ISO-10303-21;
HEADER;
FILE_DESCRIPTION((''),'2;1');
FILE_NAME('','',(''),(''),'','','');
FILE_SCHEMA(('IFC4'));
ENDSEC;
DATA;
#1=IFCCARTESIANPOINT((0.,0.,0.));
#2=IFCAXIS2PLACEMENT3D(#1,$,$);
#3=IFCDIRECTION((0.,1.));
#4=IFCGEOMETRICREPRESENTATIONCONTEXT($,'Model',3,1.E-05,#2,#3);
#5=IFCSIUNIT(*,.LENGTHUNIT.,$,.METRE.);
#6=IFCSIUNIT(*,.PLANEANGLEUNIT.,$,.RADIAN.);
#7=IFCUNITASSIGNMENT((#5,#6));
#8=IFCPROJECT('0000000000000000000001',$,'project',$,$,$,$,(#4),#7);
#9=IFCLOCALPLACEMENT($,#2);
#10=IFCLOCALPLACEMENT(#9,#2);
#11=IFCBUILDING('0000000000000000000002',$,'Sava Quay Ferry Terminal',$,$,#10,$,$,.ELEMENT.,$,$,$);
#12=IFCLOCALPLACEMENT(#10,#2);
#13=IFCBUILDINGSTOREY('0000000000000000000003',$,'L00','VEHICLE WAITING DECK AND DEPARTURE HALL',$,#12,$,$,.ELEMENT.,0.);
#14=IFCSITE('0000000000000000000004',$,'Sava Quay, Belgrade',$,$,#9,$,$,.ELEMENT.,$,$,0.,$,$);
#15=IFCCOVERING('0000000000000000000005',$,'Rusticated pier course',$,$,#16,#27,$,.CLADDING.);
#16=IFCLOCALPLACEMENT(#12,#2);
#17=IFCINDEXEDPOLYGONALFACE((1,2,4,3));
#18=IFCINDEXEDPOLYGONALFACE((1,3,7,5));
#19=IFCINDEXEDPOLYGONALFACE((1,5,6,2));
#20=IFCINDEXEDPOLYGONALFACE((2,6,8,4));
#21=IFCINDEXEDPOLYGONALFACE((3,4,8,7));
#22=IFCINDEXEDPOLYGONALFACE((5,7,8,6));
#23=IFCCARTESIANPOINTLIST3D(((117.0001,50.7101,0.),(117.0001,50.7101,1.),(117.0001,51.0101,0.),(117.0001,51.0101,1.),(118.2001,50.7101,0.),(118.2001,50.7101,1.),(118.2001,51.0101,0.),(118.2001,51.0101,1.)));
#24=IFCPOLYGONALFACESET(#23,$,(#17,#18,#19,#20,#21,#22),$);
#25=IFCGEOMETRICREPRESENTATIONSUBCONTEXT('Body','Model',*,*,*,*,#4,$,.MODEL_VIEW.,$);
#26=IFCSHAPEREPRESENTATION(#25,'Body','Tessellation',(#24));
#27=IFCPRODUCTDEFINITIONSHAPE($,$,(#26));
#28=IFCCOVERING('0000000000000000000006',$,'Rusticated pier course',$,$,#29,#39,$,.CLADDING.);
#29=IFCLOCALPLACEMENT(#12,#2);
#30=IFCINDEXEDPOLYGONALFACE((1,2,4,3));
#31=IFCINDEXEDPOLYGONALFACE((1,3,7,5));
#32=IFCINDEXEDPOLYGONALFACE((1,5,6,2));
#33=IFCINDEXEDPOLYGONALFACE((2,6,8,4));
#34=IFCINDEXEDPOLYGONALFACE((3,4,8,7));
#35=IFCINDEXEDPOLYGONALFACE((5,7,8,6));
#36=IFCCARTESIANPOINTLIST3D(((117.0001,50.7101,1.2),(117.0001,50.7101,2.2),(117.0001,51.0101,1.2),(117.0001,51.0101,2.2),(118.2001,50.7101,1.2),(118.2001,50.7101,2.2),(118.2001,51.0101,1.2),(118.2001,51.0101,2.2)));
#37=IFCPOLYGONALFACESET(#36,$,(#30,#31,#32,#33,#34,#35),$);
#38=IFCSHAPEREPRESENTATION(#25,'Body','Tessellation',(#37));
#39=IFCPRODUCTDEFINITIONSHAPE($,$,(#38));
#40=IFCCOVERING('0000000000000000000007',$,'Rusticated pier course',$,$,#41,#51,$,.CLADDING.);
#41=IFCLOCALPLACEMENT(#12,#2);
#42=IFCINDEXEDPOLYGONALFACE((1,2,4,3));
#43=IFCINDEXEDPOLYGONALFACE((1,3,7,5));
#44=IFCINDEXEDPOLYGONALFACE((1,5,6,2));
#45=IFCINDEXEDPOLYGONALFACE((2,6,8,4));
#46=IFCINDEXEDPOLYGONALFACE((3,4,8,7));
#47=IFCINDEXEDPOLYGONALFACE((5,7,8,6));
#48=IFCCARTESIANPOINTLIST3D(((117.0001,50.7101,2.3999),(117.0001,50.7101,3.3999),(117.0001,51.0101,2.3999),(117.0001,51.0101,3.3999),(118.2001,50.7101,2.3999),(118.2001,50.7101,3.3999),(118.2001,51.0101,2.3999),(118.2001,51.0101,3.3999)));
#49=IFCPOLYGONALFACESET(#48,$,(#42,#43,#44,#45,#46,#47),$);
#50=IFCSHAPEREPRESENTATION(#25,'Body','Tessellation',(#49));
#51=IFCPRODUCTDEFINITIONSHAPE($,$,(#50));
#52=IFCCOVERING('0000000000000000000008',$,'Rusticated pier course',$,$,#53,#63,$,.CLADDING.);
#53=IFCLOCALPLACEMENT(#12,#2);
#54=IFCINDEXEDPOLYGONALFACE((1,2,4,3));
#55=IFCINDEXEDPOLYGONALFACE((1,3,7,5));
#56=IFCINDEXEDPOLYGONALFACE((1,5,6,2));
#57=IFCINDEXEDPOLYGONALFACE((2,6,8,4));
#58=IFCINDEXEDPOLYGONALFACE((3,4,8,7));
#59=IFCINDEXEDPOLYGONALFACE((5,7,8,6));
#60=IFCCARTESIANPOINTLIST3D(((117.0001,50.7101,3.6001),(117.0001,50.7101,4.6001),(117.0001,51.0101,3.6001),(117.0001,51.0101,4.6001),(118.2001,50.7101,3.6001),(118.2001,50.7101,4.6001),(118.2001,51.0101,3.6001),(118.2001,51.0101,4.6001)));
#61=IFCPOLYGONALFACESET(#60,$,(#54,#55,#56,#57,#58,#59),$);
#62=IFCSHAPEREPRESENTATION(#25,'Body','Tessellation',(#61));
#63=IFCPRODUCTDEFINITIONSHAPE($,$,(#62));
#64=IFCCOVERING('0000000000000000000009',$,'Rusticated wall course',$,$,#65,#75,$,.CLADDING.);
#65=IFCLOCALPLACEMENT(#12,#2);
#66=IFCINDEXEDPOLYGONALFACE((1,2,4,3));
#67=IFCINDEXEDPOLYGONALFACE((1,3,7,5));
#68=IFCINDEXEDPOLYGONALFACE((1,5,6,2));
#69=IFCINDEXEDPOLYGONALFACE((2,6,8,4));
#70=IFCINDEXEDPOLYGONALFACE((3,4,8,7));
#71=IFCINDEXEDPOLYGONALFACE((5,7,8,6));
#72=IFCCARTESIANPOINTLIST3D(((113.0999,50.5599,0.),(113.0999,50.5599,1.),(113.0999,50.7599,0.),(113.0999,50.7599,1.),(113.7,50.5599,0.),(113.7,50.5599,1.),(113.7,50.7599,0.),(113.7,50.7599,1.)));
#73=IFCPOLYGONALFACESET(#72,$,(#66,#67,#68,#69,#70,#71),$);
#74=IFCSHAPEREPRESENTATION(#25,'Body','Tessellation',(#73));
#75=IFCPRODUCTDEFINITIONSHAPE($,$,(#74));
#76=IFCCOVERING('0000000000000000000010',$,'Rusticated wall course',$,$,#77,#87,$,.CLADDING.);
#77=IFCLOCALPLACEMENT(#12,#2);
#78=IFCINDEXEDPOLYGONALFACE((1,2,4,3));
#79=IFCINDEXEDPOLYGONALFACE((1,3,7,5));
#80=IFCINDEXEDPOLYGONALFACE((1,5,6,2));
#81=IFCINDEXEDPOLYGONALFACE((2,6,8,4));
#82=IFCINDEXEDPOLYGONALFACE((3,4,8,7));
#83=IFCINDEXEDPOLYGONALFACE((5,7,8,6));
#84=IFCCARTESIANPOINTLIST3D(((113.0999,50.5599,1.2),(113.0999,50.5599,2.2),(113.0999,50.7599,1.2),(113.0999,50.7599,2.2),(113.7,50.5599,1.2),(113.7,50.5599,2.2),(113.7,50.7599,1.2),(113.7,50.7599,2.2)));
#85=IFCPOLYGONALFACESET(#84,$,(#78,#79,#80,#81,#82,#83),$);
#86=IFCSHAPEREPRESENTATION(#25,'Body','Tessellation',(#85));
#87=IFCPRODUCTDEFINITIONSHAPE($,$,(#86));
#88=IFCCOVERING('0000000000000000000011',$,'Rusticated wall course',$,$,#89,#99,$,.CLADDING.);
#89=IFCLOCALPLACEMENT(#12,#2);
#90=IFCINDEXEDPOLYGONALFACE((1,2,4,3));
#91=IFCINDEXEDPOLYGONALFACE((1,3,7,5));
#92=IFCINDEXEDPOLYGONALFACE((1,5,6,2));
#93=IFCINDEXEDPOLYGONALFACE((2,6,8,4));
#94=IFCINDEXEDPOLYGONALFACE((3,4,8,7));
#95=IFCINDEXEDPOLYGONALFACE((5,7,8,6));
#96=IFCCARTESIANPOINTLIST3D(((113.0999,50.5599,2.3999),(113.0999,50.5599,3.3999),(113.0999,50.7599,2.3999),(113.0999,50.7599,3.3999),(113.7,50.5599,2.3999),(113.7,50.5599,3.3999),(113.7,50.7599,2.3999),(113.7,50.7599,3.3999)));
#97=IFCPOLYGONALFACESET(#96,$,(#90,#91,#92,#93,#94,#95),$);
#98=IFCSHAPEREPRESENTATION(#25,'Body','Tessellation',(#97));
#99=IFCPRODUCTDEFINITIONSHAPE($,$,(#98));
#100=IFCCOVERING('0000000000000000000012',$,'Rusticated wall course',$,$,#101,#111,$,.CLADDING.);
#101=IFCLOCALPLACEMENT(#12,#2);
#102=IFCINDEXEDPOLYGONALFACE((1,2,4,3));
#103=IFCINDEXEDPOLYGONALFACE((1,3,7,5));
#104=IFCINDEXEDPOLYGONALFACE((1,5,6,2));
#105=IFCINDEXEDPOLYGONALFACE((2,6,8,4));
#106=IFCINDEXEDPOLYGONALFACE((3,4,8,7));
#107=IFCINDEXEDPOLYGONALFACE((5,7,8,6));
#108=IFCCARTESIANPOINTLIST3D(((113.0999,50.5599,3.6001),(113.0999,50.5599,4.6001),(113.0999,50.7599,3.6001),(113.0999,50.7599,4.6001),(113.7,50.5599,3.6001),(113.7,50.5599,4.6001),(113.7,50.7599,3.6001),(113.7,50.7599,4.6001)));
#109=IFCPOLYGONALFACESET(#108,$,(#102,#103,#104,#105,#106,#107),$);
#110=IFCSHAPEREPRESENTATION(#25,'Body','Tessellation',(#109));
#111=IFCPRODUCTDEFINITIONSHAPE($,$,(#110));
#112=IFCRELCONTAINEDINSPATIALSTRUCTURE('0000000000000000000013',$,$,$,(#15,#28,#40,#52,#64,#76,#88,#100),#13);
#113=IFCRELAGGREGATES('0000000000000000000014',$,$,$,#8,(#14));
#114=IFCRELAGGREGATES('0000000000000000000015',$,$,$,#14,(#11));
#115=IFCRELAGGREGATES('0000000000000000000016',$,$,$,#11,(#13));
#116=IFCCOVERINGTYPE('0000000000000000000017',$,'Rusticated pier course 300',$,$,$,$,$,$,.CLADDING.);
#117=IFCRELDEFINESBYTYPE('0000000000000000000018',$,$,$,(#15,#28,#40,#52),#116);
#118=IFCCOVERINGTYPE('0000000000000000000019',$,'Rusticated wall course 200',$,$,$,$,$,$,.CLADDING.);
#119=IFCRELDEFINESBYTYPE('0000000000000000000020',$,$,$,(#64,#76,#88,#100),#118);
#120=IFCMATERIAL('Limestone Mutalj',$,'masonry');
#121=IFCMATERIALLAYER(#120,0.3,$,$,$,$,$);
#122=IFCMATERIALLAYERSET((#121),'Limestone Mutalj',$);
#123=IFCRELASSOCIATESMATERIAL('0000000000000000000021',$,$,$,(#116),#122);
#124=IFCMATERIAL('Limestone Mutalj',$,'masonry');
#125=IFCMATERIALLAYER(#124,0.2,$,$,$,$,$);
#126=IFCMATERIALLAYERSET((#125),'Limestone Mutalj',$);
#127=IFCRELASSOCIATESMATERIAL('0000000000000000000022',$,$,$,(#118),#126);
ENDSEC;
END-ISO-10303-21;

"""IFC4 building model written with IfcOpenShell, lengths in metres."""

from ifc_helpers import new_model, si_unit, direction, frame, origin, origin_2d, place, context, subcontext, project, spatial, rectangle, extrude, material, layer, layer_set, type_object, element, save


model = new_model("IFC4")

# Units and contexts
model_context = context("Model", 3, precision=1e-05, world=origin(), true_north=direction((0.0, 1.0)))
body_context = subcontext(model_context, "Body", "Model", "MODEL_VIEW")
ifc_project = project(units=[si_unit("LENGTHUNIT", "METRE"), si_unit("PLANEANGLEUNIT", "RADIAN")], contexts=[model_context])

# Site, building, storey
site_placement = place(None, origin())
site = spatial("IfcSite", under=ifc_project, at=site_placement, Name="Sava Quay, Belgrade", CompositionType="ELEMENT", RefElevation=0.0)
building_placement = place(site_placement, origin())
building = spatial("IfcBuilding", under=site, at=building_placement, Name="Sava Quay Ferry Terminal", CompositionType="ELEMENT")
storey_placement = place(building_placement, origin())
storey = spatial("IfcBuildingStorey", under=building, at=storey_placement, Name="L00", Description="VEHICLE WAITING DECK AND DEPARTURE HALL", CompositionType="ELEMENT", Elevation=0.0)

# Coverings
ifc_material_1 = material(Name="Limestone Mutalj", Category="masonry")
ifc_layer_1 = layer(ifc_material_1, 0.3)
ifc_layer_set_1 = layer_set([ifc_layer_1], Name="Limestone Mutalj")
covering_type_1 = type_object("IfcCoveringType", Name="Rusticated pier course 300", PredefinedType="CLADDING", material=ifc_layer_set_1)
for number, where, z_axis, x_axis, name in (
    (1, (117.6001, 50.8601, 0.0), (0.0, 0.0, 1.0), (1.0, 0.0, 0.0), "Rusticated pier course"),
    (2, (117.6001, 50.8601, 1.2), (0.0, 0.0, 1.0), (1.0, 0.0, 0.0), "Rusticated pier course"),
    (3, (117.6001, 50.8601, 2.3999), (0.0, 0.0, 1.0), (1.0, 0.0, 0.0), "Rusticated pier course"),
    (4, (117.6001, 50.8601, 3.6001), (0.0, 0.0, 1.0), (1.0, 0.0, 0.0), "Rusticated pier course"),
):
    element("IfcCovering", number, at=place(storey_placement, frame(where, z_axis=z_axis, x_axis=x_axis)), inside=storey, type_object=covering_type_1, Name=name, PredefinedType="CLADDING", context=body_context, shape_type="SweptSolid", body=[
        extrude(rectangle(XDim=1.2, YDim=0.3, at=origin_2d()), origin(), (0.0, 0.0, 1.0), 1.0),
    ])
ifc_material_2 = material(Name="Limestone Mutalj", Category="masonry")
ifc_layer_2 = layer(ifc_material_2, 0.2)
ifc_layer_set_2 = layer_set([ifc_layer_2], Name="Limestone Mutalj")
covering_type_2 = type_object("IfcCoveringType", Name="Rusticated wall course 200", PredefinedType="CLADDING", material=ifc_layer_set_2)
for number, where, z_axis, x_axis, name in (
    (5, (113.3999, 50.6599, 0.0), (0.0, 0.0, 1.0), (1.0, 0.0, 0.0), "Rusticated wall course"),
    (6, (113.3999, 50.6599, 1.2), (0.0, 0.0, 1.0), (1.0, 0.0, 0.0), "Rusticated wall course"),
    (7, (113.3999, 50.6599, 2.3999), (0.0, 0.0, 1.0), (1.0, 0.0, 0.0), "Rusticated wall course"),
    (8, (113.3999, 50.6599, 3.6001), (0.0, 0.0, 1.0), (1.0, 0.0, 0.0), "Rusticated wall course"),
):
    element("IfcCovering", number, at=place(storey_placement, frame(where, z_axis=z_axis, x_axis=x_axis)), inside=storey, type_object=covering_type_2, Name=name, PredefinedType="CLADDING", context=body_context, shape_type="SweptSolid", body=[
        extrude(rectangle(XDim=0.6001, YDim=0.2, at=origin_2d()), origin(), (0.0, 0.0, 1.0), 1.0),
    ])

save(model, "model.ifc")
